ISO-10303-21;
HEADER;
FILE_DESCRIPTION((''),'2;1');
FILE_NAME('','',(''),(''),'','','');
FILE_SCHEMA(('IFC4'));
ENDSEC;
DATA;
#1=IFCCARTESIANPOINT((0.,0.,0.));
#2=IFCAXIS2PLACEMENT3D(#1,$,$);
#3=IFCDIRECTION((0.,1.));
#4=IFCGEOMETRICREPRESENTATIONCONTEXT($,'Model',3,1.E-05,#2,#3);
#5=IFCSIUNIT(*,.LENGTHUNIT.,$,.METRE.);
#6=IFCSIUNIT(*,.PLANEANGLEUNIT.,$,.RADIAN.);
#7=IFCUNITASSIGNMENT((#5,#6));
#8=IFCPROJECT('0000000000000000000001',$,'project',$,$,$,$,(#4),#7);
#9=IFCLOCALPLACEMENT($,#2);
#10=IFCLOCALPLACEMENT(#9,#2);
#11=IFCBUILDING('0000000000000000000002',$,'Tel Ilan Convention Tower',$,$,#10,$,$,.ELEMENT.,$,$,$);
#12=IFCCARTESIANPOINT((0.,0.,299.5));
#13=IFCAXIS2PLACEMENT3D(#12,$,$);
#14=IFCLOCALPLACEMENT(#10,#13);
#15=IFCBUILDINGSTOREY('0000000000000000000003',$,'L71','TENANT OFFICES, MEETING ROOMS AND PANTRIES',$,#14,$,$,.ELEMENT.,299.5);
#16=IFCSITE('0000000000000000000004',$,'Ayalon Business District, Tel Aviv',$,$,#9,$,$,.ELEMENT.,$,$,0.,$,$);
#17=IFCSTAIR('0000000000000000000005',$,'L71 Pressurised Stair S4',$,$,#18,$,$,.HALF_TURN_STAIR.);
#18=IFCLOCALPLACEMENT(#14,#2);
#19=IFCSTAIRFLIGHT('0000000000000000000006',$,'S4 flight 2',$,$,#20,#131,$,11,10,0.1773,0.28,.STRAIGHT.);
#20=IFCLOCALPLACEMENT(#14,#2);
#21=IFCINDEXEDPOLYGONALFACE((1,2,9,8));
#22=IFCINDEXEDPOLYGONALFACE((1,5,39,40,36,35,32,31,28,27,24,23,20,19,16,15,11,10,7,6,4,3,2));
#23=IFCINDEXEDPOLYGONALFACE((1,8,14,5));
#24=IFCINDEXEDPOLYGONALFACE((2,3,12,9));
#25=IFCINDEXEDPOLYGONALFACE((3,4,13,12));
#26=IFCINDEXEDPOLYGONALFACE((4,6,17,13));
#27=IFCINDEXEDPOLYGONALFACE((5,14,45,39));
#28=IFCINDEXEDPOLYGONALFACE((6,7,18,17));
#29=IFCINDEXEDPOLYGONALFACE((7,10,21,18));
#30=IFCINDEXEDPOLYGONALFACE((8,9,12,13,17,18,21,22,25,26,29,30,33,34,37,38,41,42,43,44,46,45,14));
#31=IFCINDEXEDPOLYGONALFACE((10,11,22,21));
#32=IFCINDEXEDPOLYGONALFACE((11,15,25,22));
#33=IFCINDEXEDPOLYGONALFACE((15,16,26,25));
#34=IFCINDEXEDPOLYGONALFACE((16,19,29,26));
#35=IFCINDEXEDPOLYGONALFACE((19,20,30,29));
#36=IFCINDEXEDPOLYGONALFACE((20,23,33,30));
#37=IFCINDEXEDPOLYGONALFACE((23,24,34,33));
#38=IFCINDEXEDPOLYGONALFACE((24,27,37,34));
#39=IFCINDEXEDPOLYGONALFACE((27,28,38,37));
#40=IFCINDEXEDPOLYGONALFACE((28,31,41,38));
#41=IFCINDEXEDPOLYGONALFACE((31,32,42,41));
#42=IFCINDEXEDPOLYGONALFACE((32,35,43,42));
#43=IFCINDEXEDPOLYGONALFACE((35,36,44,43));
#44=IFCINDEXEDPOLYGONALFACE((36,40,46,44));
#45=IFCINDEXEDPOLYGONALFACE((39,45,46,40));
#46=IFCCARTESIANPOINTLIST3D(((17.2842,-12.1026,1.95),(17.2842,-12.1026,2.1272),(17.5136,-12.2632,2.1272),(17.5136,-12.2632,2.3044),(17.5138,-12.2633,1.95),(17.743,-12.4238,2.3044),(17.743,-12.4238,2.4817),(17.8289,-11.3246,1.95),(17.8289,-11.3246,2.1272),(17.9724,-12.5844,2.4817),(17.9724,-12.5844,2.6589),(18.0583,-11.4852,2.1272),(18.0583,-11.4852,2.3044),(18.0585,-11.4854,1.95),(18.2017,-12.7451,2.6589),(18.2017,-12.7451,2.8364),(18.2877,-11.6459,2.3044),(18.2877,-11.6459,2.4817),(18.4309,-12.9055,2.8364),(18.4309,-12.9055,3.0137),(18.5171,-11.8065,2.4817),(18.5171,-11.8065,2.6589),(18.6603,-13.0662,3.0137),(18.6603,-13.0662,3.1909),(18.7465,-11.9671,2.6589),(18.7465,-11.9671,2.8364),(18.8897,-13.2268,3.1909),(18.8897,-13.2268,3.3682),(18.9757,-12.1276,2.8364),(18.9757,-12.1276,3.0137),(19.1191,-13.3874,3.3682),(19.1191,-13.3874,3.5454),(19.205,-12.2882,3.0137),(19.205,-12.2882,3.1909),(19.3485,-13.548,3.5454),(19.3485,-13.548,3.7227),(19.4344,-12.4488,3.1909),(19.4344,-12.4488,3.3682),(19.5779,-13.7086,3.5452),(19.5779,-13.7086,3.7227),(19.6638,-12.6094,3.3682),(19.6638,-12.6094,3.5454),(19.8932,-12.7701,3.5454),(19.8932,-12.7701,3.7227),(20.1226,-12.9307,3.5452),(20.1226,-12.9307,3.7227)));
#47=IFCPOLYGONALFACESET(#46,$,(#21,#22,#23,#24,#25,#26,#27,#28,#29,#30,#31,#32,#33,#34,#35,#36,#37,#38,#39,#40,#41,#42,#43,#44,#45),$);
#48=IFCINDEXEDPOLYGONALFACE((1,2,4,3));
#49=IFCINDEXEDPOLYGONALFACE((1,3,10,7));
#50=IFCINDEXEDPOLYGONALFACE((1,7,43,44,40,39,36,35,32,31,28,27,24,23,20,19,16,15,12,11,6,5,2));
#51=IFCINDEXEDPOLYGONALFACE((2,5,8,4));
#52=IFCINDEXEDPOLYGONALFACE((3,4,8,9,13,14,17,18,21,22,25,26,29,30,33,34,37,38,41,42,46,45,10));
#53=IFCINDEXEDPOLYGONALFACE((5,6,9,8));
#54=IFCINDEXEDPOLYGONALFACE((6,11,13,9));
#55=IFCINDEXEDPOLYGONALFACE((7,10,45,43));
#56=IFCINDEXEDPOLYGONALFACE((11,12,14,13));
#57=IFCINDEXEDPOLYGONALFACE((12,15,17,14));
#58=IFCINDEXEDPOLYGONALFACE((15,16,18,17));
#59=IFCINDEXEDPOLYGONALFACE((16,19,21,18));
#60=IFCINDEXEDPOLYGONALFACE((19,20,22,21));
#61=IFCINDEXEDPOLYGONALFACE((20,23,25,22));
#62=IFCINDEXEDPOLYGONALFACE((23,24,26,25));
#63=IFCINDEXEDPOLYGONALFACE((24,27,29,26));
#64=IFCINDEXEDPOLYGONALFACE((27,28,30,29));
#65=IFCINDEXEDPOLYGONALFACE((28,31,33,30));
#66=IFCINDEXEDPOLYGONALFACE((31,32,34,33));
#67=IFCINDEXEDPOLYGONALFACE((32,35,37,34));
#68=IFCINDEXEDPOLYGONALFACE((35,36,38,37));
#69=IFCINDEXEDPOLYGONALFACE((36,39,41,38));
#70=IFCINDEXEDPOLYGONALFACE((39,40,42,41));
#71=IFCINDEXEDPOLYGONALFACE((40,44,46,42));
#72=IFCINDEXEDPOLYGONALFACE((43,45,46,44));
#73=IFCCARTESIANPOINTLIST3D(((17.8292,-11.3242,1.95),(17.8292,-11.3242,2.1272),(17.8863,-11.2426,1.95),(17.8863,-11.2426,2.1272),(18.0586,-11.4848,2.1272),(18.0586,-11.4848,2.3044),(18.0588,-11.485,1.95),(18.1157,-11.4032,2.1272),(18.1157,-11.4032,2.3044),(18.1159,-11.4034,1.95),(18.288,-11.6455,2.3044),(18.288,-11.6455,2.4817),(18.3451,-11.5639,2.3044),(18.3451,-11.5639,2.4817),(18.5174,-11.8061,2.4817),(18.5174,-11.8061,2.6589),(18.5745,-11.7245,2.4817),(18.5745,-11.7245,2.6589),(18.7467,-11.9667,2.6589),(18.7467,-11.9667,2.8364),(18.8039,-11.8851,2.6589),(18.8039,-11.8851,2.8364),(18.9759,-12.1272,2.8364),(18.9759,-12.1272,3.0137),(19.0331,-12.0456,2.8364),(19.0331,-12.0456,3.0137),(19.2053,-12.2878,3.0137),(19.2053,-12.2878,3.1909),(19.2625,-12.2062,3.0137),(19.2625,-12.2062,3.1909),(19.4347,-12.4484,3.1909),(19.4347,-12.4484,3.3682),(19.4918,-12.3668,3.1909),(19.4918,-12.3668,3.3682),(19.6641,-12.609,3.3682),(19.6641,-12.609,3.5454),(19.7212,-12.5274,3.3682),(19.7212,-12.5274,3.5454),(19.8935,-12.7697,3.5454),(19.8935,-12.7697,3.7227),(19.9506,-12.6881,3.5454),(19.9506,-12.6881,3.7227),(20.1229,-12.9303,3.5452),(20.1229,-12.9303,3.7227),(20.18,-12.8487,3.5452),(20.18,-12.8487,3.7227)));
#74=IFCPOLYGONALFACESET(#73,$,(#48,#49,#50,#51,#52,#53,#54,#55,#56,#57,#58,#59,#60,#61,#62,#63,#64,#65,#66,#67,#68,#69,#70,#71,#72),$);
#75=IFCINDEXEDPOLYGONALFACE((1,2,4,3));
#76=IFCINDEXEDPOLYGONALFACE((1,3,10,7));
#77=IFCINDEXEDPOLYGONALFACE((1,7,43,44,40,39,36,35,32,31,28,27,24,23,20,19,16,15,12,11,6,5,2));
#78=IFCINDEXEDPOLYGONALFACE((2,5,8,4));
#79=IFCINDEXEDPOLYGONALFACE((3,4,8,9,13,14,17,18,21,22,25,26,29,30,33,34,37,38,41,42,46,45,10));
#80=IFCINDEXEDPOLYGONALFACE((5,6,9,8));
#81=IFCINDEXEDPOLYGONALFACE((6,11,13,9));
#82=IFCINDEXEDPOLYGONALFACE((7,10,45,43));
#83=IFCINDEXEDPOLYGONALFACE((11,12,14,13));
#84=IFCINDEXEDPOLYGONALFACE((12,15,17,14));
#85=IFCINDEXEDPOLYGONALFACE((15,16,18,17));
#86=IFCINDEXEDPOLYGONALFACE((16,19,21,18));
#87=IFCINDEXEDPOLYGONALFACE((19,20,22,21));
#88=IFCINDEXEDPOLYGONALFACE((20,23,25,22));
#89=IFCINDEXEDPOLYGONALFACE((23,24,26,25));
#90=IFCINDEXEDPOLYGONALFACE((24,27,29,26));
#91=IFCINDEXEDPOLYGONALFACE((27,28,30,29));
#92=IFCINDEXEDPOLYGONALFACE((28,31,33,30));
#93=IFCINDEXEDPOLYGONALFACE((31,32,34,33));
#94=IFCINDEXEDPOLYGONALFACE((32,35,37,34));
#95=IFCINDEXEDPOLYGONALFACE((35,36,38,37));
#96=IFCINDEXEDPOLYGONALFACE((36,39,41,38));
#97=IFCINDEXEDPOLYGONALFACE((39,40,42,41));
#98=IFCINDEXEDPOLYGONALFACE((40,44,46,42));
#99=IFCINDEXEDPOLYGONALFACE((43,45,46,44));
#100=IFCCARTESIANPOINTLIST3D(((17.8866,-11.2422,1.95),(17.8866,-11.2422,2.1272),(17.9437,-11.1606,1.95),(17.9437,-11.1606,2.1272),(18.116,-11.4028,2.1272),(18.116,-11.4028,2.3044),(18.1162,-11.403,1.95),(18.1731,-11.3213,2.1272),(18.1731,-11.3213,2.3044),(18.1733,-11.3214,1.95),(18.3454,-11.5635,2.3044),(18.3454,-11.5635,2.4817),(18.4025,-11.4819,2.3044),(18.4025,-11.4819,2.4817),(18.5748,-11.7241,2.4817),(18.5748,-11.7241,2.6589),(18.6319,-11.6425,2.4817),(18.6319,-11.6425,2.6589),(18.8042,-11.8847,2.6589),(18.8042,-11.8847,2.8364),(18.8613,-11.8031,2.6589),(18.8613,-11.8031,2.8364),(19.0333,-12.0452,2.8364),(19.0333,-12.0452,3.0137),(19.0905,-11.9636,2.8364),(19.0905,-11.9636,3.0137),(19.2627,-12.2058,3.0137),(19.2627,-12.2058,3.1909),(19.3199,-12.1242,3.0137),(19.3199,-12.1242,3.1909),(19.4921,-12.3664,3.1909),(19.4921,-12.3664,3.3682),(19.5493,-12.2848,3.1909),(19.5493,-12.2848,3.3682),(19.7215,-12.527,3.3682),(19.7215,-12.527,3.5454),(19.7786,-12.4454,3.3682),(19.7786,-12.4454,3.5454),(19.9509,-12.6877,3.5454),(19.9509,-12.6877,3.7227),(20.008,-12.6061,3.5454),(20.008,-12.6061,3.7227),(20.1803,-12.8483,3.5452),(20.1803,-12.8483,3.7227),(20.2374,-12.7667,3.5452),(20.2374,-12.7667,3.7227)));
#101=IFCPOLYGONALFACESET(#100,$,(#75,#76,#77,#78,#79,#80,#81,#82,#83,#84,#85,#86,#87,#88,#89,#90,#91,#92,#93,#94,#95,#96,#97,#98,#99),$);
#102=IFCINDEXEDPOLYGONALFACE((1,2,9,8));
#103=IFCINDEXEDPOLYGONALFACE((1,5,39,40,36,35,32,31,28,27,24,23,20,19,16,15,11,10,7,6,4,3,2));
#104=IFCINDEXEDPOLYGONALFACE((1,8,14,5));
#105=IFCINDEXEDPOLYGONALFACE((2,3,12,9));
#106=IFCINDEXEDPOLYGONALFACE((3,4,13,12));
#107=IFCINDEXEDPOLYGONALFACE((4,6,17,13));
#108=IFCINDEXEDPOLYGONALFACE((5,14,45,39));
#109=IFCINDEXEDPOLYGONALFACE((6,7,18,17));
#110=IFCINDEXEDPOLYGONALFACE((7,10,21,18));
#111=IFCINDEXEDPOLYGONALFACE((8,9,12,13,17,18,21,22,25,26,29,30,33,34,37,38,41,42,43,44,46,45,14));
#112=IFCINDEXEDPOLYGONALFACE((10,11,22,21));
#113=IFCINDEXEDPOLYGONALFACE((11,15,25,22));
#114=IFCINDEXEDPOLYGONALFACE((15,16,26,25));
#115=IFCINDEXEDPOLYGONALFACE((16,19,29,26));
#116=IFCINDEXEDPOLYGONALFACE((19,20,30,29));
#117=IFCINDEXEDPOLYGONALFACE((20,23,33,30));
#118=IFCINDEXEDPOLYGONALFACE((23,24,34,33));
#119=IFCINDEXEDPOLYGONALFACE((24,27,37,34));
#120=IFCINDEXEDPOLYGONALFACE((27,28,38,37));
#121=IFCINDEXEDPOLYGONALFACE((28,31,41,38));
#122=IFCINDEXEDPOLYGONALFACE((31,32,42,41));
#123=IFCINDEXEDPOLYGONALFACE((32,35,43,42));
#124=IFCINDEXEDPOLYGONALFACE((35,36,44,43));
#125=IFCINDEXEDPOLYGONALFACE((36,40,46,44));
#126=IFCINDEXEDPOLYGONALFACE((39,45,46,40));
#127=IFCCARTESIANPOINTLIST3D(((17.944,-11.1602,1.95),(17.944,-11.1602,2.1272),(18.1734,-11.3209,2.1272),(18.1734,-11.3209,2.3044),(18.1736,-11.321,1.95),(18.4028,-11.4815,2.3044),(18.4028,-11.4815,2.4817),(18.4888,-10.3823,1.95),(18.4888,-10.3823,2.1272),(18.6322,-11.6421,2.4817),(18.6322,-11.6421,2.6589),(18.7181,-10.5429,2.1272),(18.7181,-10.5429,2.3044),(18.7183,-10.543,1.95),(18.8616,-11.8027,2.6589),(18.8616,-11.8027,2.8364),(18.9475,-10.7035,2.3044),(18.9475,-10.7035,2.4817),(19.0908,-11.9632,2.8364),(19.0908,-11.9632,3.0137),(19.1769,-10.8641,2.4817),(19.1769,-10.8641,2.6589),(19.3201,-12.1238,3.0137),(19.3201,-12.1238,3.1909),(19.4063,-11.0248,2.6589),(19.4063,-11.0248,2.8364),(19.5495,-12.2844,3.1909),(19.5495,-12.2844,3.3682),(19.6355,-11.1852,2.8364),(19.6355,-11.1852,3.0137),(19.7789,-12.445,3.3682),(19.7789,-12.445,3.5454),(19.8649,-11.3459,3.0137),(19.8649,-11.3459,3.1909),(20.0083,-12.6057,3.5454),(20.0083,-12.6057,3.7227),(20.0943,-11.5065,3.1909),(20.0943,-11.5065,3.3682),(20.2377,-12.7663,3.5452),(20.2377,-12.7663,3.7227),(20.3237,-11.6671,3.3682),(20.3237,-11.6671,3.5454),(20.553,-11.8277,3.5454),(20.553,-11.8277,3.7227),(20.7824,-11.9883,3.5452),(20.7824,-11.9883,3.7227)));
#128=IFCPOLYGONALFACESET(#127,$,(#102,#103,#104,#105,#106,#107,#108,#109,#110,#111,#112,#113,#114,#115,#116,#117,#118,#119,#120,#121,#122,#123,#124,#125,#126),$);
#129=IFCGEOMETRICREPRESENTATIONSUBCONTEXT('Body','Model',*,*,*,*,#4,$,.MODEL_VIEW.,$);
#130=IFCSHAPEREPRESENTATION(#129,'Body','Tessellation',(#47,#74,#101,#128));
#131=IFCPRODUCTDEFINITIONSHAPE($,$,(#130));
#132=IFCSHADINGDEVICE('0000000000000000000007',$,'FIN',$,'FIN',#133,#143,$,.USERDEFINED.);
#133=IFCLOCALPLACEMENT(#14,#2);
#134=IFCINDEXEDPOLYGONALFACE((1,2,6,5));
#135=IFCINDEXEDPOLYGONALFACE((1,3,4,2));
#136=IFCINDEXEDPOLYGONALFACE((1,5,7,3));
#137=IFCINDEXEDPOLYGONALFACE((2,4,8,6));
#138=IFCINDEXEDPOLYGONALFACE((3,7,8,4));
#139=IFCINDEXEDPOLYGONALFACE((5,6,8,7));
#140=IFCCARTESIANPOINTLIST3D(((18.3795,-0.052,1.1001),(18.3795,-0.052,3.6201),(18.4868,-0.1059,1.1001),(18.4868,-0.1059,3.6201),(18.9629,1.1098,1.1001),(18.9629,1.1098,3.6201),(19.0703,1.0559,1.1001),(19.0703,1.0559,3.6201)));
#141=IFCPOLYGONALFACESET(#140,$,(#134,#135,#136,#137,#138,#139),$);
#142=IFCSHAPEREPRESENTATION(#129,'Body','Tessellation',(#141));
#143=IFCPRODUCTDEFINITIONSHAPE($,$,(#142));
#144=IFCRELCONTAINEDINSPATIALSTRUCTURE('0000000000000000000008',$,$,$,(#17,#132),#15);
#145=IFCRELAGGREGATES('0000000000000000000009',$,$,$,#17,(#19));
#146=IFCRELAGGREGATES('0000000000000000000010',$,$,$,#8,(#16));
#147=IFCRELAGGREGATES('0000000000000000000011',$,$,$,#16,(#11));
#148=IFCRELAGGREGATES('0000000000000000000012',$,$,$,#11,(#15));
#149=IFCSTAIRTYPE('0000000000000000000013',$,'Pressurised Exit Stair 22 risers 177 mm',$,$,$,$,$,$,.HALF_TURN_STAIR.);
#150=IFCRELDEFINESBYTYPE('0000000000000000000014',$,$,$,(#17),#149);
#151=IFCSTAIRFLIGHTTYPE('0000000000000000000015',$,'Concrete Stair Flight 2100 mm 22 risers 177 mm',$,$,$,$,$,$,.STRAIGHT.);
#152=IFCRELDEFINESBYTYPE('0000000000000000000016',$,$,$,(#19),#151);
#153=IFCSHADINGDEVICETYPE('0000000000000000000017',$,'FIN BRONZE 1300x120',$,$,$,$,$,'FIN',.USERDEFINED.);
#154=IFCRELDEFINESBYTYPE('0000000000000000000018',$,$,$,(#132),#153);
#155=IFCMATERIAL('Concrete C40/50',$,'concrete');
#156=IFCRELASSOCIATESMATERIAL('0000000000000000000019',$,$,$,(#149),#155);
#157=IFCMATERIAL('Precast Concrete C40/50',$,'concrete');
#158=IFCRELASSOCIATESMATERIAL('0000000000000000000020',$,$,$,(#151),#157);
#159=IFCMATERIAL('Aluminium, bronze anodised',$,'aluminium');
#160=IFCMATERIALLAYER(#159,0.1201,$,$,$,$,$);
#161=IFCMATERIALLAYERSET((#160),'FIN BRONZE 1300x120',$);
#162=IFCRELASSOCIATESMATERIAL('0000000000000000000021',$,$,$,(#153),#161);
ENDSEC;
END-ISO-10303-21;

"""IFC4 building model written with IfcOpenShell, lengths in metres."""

from ifc_helpers import new_model, si_unit, direction, frame, origin, origin_2d, place, context, subcontext, project, spatial, polyline, rectangle, outline, extrude, material, layer, layer_set, type_object, element, aggregate, save


model = new_model("IFC4")

# Units and contexts
model_context = context("Model", 3, precision=1e-05, world=origin(), true_north=direction((0.0, 1.0)))
body_context = subcontext(model_context, "Body", "Model", "MODEL_VIEW")
ifc_project = project(units=[si_unit("LENGTHUNIT", "METRE"), si_unit("PLANEANGLEUNIT", "RADIAN")], contexts=[model_context])

# Site, building, storey
site_placement = place(None, origin())
site = spatial("IfcSite", under=ifc_project, at=site_placement, Name="Ayalon Business District, Tel Aviv", CompositionType="ELEMENT", RefElevation=0.0)
building_placement = place(site_placement, origin())
building = spatial("IfcBuilding", under=site, at=building_placement, Name="Tel Ilan Convention Tower", CompositionType="ELEMENT")
storey_placement = place(building_placement, frame((0.0, 0.0, 299.5)))
storey = spatial("IfcBuildingStorey", under=building, at=storey_placement, Name="L71", Description="TENANT OFFICES, MEETING ROOMS AND PANTRIES", CompositionType="ELEMENT", Elevation=299.5)

# Shared definitions
ifc_material_1 = material(Name="Concrete C40/50", Category="concrete")
stair_type = type_object("IfcStairType", Name="Pressurised Exit Stair 22 risers 177 mm", PredefinedType="HALF_TURN_STAIR", material=ifc_material_1)
ifc_material_2 = material(Name="Precast Concrete C40/50", Category="concrete")
stair_flight_type = type_object("IfcStairFlightType", Name="Concrete Stair Flight 2100 mm 22 risers 177 mm", PredefinedType="STRAIGHT", material=ifc_material_2)

# Stair, stair flight
stair_1_placement = place(storey_placement, origin())
stair_1 = element("IfcStair", 1, at=stair_1_placement, inside=storey, type_object=stair_type, Name="L71 Pressurised Stair S4", PredefinedType="HALF_TURN_STAIR")
stair_flight_1_placement = place(storey_placement, frame((17.8865, -11.2424, 1.95), z_axis=(0.0, 0.0, 1.0), x_axis=(0.819152, -0.573576, 0.0)))
stair_flight_1 = element("IfcStairFlight", 2, at=stair_flight_1_placement, type_object=stair_flight_type, Name="S4 flight 2", NumberOfRisers=11, NumberOfTreads=10, PredefinedType="STRAIGHT", RiserHeight=0.1773, TreadLength=0.28, context=body_context, shape_type="SweptSolid", body=[
    extrude(outline(polyline([(0.0, 0.0), (0.0, 0.1772), (0.28, 0.1772), (0.28, 0.3545), (0.5601, 0.3545), (0.5601, 0.5317), (0.8401, 0.5317), (0.8401, 0.709), (1.1201, 0.709), (1.1201, 0.8865), (1.3999, 0.8865), (1.3999, 1.0637), (1.6799, 1.0637), (1.6799, 1.241), (1.96, 1.241), (1.96, 1.4182), (2.24, 1.4182), (2.24, 1.5955), (2.52, 1.5955), (2.52, 1.7727), (2.8, 1.7727), (2.8, 1.95), (2.8, 1.5952), (0.2803, 0.0), (0.0, 0.0)])), frame((0.0, -0.1003, 0.0), z_axis=(0.0, -1.0, 0.0), x_axis=(1.0, 0.0, 0.0)), (0.0, 0.0, 1.0), 0.9497),
    extrude(outline(polyline([(0.0, 0.0), (0.0, 0.1772), (0.28, 0.1772), (0.28, 0.3545), (0.5601, 0.3545), (0.5601, 0.5317), (0.8401, 0.5317), (0.8401, 0.709), (1.1201, 0.709), (1.1201, 0.8865), (1.3999, 0.8865), (1.3999, 1.0637), (1.6799, 1.0637), (1.6799, 1.241), (1.96, 1.241), (1.96, 1.4182), (2.24, 1.4182), (2.24, 1.5955), (2.52, 1.5955), (2.52, 1.7727), (2.8, 1.7727), (2.8, 1.95), (2.8, 1.5952), (0.2803, 0.0), (0.0, 0.0)])), frame((0.0, -0.0002, 0.0), z_axis=(0.0, -1.0, 0.0), x_axis=(1.0, 0.0, 0.0)), (0.0, 0.0, 1.0), 0.0996),
    extrude(outline(polyline([(0.0, 0.0), (0.0, 0.1772), (0.28, 0.1772), (0.28, 0.3545), (0.5601, 0.3545), (0.5601, 0.5317), (0.8401, 0.5317), (0.8401, 0.709), (1.1201, 0.709), (1.1201, 0.8865), (1.3999, 0.8865), (1.3999, 1.0637), (1.6799, 1.0637), (1.6799, 1.241), (1.96, 1.241), (1.96, 1.4182), (2.24, 1.4182), (2.24, 1.5955), (2.52, 1.5955), (2.52, 1.7727), (2.8, 1.7727), (2.8, 1.95), (2.8, 1.5952), (0.2803, 0.0), (0.0, 0.0)])), frame((0.0, 0.0999, 0.0), z_axis=(0.0, -1.0, 0.0), x_axis=(1.0, 0.0, 0.0)), (0.0, 0.0, 1.0), 0.0996),
    extrude(outline(polyline([(0.0, 0.0), (0.0, 0.1772), (0.28, 0.1772), (0.28, 0.3545), (0.5601, 0.3545), (0.5601, 0.5317), (0.8401, 0.5317), (0.8401, 0.709), (1.1201, 0.709), (1.1201, 0.8865), (1.3999, 0.8865), (1.3999, 1.0637), (1.6799, 1.0637), (1.6799, 1.241), (1.96, 1.241), (1.96, 1.4182), (2.24, 1.4182), (2.24, 1.5955), (2.52, 1.5955), (2.52, 1.7727), (2.8, 1.7727), (2.8, 1.95), (2.8, 1.5952), (0.2803, 0.0), (0.0, 0.0)])), frame((0.0, 1.05, 0.0), z_axis=(0.0, -1.0, 0.0), x_axis=(1.0, 0.0, 0.0)), (0.0, 0.0, 1.0), 0.9497),
])
aggregate(stair_1, [stair_flight_1])

# Shading device
ifc_material_3 = material(Name="Aluminium, bronze anodised", Category="aluminium")
ifc_layer_1 = layer(ifc_material_3, 0.1201)
ifc_layer_set_1 = layer_set([ifc_layer_1], Name="FIN BRONZE 1300x120")
shading_device_type = type_object("IfcShadingDeviceType", Name="FIN BRONZE 1300x120", ElementType="FIN", PredefinedType="USERDEFINED", material=ifc_layer_set_1)
shading_device_placement = place(storey_placement, frame((18.7249, 0.502, 1.1001), z_axis=(0.0, 0.0, 1.0), x_axis=(0.448799, 0.893633, 0.0)))
element("IfcShadingDevice", 3, at=shading_device_placement, inside=storey, type_object=shading_device_type, Name="FIN", ObjectType="FIN", PredefinedType="USERDEFINED", context=body_context, shape_type="SweptSolid", body=[
    extrude(rectangle(XDim=1.3, YDim=0.1201, at=origin_2d()), origin(), (0.0, 0.0, 1.0), 2.52),
])

save(model, "model.ifc")
